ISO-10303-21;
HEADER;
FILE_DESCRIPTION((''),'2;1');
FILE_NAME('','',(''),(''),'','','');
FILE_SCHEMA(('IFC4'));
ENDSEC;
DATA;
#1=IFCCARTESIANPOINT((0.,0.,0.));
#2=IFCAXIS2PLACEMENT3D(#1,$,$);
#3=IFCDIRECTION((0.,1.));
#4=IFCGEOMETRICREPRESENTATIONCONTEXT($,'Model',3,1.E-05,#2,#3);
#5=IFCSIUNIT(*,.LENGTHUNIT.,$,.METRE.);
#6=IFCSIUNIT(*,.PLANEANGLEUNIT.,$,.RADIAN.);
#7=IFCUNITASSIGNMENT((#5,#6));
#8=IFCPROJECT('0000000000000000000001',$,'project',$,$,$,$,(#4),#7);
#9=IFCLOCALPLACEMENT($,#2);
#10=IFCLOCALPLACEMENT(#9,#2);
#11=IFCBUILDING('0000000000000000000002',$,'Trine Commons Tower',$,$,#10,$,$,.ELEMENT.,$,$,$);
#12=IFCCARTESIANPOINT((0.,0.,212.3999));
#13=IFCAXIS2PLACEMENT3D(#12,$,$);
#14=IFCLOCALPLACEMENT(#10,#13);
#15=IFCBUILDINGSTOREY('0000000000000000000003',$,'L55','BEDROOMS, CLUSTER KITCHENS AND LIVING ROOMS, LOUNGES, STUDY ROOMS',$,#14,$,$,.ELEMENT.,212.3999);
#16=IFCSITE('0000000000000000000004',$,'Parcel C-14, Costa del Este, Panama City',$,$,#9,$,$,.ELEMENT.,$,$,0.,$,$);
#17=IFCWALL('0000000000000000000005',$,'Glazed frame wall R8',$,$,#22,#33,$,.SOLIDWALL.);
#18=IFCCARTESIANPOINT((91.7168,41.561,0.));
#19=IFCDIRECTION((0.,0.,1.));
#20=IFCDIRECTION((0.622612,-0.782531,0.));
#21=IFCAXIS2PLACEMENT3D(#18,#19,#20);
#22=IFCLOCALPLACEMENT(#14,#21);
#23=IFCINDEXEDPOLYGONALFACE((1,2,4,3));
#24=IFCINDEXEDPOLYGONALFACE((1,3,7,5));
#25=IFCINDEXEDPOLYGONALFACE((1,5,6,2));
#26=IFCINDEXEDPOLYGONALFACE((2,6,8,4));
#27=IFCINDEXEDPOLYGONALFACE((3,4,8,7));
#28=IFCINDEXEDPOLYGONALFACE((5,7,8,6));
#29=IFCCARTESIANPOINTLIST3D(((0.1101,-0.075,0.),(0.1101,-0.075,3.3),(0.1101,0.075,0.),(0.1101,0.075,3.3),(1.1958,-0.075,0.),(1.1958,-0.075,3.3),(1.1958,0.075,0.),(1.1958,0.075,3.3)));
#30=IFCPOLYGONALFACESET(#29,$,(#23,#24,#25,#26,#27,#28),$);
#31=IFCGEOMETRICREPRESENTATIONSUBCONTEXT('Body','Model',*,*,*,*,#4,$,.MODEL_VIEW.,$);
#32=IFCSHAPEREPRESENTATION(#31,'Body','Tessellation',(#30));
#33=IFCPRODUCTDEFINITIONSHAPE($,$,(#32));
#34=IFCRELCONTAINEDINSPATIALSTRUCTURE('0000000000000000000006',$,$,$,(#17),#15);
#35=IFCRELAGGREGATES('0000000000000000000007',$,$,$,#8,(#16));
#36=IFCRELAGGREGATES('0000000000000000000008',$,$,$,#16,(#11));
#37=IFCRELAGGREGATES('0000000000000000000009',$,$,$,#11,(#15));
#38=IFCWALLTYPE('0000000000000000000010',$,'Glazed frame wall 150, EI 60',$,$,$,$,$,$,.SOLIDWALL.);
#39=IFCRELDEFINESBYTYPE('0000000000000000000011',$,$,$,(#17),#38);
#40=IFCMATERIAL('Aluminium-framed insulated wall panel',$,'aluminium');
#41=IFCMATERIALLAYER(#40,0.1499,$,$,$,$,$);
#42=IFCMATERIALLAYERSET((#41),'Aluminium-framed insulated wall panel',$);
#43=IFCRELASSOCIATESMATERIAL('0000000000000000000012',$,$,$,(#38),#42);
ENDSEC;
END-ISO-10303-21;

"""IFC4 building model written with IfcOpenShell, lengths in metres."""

from ifc_helpers import new_model, si_unit, direction, frame, origin, place, context, subcontext, project, spatial, polyline, outline, extrude, material, layer, layer_set, type_object, element, save


model = new_model("IFC4")

# Units and contexts
model_context = context("Model", 3, precision=1e-05, world=origin(), true_north=direction((0.0, 1.0)))
body_context = subcontext(model_context, "Body", "Model", "MODEL_VIEW")
ifc_project = project(units=[si_unit("LENGTHUNIT", "METRE"), si_unit("PLANEANGLEUNIT", "RADIAN")], contexts=[model_context])

# Site, building, storey
site_placement = place(None, origin())
site = spatial("IfcSite", under=ifc_project, at=site_placement, Name="Parcel C-14, Costa del Este, Panama City", CompositionType="ELEMENT", RefElevation=0.0)
building_placement = place(site_placement, origin())
building = spatial("IfcBuilding", under=site, at=building_placement, Name="Trine Commons Tower", CompositionType="ELEMENT")
storey_placement = place(building_placement, frame((0.0, 0.0, 212.3999)))
storey = spatial("IfcBuildingStorey", under=building, at=storey_placement, Name="L55", Description="BEDROOMS, CLUSTER KITCHENS AND LIVING ROOMS, LOUNGES, STUDY ROOMS", CompositionType="ELEMENT", Elevation=212.3999)

# Wall
ifc_material_1 = material(Name="Aluminium-framed insulated wall panel", Category="aluminium")
ifc_layer_1 = layer(ifc_material_1, 0.1499)
ifc_layer_set_1 = layer_set([ifc_layer_1], Name="Aluminium-framed insulated wall panel")
wall_type_1 = type_object("IfcWallType", Name="Glazed frame wall 150, EI 60", PredefinedType="SOLIDWALL", material=ifc_layer_set_1)
wall_1_placement = place(storey_placement, frame((91.7168, 41.561, 0.0), z_axis=(0.0, 0.0, 1.0), x_axis=(0.622612, -0.782531, 0.0)))
element("IfcWall", 1, at=wall_1_placement, inside=storey, type_object=wall_type_1, Name="Glazed frame wall R8", PredefinedType="SOLIDWALL", context=body_context, shape_type="SweptSolid", body=[
    extrude(outline(polyline([(0.1101, 0.075), (0.1101, -0.075), (1.1958, -0.075), (1.1958, 0.075), (0.1101, 0.075)])), origin(), (0.0, 0.0, 1.0), 3.3),
])

save(model, "model.ifc")
